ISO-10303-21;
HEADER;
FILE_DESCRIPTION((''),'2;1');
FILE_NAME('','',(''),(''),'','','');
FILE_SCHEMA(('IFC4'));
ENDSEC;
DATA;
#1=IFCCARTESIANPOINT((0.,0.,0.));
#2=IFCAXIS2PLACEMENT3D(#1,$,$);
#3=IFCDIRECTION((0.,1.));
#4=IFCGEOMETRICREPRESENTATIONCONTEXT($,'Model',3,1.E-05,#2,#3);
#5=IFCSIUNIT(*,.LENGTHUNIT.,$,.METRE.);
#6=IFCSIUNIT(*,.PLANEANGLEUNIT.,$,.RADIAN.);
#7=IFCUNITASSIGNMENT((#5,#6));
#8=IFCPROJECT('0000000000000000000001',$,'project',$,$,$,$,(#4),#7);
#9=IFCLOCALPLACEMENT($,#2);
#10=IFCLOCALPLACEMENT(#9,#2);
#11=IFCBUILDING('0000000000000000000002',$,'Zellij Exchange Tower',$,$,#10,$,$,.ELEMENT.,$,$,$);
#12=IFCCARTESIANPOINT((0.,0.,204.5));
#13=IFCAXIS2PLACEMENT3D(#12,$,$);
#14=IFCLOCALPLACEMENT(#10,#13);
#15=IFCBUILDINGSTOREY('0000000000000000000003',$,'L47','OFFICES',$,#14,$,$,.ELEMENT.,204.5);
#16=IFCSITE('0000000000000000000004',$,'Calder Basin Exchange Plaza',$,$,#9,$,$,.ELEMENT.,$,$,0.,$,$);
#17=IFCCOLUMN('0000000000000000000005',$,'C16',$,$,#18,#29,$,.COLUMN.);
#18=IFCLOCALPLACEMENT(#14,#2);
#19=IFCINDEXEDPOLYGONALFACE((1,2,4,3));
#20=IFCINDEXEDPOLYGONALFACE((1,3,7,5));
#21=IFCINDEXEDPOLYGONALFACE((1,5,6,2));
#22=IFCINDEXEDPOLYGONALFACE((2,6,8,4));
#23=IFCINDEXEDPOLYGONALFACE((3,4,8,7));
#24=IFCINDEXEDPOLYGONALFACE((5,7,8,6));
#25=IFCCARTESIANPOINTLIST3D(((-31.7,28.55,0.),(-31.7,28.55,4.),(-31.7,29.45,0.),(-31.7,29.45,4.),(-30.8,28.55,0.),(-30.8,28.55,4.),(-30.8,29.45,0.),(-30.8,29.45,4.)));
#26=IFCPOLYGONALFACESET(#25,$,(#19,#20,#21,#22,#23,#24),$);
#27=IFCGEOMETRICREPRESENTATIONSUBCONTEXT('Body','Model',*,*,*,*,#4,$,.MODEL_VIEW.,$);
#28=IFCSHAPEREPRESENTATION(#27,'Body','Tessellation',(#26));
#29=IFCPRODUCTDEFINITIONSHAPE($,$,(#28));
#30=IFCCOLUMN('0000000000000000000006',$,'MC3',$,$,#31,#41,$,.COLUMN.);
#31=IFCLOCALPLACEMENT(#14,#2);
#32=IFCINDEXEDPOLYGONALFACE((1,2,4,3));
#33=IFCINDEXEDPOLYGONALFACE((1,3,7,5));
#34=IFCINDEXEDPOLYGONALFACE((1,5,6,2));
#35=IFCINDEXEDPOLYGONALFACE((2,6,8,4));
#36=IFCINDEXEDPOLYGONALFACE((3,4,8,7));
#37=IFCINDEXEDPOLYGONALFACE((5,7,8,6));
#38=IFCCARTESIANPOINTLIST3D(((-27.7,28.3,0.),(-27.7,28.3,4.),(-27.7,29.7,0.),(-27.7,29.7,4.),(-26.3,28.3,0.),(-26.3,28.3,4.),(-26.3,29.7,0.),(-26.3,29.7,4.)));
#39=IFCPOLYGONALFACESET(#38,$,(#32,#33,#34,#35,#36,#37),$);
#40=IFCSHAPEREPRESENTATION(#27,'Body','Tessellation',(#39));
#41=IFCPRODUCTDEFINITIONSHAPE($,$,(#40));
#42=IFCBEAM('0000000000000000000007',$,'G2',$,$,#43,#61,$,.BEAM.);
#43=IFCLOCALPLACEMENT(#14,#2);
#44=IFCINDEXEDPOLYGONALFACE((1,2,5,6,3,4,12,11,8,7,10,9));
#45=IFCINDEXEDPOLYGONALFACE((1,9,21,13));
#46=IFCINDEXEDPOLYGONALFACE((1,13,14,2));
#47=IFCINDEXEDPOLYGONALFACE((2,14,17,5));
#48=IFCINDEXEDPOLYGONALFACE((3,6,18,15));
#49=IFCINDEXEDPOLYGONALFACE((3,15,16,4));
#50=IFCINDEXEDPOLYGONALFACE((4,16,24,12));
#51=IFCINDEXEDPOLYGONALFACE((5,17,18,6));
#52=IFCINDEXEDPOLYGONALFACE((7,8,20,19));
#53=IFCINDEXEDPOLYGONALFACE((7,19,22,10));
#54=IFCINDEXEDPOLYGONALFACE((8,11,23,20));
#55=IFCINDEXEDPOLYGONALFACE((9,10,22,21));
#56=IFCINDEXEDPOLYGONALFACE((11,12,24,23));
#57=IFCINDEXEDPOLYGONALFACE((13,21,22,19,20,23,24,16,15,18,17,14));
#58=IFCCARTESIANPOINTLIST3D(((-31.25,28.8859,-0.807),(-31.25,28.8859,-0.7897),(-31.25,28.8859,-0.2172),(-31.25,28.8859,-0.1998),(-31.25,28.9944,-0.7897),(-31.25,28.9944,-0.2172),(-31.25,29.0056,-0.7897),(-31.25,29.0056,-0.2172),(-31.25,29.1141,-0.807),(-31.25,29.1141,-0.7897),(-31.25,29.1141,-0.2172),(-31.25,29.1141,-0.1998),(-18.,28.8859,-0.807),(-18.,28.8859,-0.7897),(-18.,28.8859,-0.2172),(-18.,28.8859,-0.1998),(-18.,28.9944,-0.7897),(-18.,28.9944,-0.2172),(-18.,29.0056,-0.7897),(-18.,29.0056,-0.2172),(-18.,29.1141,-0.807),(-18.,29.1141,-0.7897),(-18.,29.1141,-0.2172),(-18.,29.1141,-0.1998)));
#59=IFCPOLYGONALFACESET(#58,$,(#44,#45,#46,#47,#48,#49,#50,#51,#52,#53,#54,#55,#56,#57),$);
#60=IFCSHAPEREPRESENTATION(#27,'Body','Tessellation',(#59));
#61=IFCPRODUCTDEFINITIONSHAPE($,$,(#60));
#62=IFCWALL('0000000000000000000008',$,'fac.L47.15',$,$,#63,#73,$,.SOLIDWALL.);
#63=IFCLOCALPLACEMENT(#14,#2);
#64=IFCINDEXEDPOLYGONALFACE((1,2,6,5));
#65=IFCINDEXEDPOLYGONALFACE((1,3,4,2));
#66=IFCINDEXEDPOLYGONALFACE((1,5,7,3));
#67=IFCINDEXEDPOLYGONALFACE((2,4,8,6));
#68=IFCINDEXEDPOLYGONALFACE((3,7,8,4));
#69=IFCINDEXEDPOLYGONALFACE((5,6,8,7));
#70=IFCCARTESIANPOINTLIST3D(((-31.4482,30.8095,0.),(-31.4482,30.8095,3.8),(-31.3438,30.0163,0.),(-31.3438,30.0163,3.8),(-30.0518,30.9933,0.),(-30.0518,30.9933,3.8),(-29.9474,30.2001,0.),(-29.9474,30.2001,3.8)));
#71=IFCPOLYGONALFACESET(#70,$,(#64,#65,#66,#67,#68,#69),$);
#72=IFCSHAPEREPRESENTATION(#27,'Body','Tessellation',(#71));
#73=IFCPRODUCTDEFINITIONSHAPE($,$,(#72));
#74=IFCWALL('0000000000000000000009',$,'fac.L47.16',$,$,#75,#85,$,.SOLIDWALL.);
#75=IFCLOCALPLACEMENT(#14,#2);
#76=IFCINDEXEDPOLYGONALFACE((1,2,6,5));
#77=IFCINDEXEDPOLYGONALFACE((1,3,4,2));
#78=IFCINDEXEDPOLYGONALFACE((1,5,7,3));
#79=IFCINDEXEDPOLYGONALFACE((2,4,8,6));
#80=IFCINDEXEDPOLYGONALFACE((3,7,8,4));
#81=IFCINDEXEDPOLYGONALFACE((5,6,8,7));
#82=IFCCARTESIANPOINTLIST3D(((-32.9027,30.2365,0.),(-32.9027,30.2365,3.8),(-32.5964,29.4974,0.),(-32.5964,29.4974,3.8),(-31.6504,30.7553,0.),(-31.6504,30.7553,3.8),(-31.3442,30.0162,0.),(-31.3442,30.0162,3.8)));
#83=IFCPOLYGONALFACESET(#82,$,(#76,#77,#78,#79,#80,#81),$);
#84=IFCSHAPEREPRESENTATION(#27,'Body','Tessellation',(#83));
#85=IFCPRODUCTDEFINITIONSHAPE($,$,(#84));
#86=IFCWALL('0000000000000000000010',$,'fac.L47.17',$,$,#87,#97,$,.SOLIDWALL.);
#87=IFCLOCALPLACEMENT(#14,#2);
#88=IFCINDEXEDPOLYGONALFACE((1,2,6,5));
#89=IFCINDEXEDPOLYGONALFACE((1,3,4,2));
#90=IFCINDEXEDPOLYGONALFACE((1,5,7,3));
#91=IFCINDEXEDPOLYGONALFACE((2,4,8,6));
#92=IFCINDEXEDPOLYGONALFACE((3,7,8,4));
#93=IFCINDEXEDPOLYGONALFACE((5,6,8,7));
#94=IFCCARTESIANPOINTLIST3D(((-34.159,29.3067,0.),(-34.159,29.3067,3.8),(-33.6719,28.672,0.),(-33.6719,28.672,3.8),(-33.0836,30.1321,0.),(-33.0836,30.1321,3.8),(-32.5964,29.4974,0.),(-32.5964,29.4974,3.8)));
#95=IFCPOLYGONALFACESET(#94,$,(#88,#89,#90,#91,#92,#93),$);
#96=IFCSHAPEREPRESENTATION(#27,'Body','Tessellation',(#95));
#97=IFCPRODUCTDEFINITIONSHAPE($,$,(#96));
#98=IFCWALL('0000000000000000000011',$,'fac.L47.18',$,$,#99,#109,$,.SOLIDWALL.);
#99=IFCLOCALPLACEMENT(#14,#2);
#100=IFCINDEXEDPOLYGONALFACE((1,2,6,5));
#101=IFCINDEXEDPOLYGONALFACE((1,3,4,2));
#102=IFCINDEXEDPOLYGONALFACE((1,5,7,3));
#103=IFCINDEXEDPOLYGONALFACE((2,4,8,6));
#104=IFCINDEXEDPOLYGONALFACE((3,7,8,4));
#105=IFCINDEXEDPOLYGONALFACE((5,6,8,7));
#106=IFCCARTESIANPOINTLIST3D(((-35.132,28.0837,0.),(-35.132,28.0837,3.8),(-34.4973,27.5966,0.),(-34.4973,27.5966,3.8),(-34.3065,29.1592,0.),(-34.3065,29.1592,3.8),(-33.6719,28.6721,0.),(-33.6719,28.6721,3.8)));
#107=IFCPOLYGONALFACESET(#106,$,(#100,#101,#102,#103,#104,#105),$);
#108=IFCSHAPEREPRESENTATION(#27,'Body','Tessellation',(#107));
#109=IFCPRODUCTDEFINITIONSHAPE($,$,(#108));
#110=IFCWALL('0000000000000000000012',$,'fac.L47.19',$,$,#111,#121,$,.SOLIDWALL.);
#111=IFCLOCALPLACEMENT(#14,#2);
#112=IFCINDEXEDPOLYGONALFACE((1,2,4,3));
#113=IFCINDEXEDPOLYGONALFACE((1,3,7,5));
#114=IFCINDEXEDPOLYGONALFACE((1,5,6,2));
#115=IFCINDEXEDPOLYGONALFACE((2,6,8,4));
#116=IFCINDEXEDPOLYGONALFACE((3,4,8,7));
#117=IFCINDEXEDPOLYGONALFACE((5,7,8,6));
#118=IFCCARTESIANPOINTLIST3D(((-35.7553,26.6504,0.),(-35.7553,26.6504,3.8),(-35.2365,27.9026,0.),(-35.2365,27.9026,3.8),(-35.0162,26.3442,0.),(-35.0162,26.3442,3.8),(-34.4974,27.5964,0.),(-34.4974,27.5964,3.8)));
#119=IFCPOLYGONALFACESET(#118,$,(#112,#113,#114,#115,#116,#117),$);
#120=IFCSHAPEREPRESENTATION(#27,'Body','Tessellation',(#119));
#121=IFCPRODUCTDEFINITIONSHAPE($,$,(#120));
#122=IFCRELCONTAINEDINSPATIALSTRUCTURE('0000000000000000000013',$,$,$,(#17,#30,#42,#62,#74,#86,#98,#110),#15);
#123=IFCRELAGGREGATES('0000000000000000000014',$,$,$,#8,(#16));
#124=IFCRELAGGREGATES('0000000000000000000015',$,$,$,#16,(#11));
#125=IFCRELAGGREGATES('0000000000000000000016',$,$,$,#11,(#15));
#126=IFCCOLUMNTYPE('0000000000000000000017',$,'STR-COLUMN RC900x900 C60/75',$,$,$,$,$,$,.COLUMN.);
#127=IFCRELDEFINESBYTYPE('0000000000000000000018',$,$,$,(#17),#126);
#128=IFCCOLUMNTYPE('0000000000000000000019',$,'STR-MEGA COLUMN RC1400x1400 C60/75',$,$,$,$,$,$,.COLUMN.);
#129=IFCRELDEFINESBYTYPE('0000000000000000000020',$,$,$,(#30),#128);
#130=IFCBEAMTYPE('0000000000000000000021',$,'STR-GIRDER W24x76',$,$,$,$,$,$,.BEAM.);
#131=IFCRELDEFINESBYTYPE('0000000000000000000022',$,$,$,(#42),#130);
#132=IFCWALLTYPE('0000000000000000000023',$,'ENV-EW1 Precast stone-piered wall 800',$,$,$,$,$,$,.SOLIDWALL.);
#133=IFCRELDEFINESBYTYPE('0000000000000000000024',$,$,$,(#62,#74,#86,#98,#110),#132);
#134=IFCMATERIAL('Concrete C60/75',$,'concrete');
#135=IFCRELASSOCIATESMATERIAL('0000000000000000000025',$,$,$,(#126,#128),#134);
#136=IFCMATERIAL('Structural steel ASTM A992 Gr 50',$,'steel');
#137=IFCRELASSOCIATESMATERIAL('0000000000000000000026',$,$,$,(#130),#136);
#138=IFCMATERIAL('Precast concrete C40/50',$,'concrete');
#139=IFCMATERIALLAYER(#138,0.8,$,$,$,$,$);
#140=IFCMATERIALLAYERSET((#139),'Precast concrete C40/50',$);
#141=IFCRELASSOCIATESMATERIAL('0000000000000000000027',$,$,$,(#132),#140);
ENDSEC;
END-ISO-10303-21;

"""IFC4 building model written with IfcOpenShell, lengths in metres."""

from ifc_helpers import new_model, si_unit, direction, frame, frame_2d, origin, origin_2d, place, context, subcontext, project, spatial, rectangle, i_section, extrude, material, layer, layer_set, material_profile, profile_set, type_object, element, save


model = new_model("IFC4")

# Units and contexts
model_context = context("Model", 3, precision=1e-05, world=origin(), true_north=direction((0.0, 1.0)))
body_context = subcontext(model_context, "Body", "Model", "MODEL_VIEW")
ifc_project = project(units=[si_unit("LENGTHUNIT", "METRE"), si_unit("PLANEANGLEUNIT", "RADIAN")], contexts=[model_context])

# Site, building, storey
site_placement = place(None, origin())
site = spatial("IfcSite", under=ifc_project, at=site_placement, Name="Calder Basin Exchange Plaza", CompositionType="ELEMENT", RefElevation=0.0)
building_placement = place(site_placement, origin())
building = spatial("IfcBuilding", under=site, at=building_placement, Name="Zellij Exchange Tower", CompositionType="ELEMENT")
storey_placement = place(building_placement, frame((0.0, 0.0, 204.5)))
storey = spatial("IfcBuildingStorey", under=building, at=storey_placement, Name="L47", Description="OFFICES", CompositionType="ELEMENT", Elevation=204.5)

# Columns
ifc_material_1 = material(Name="Concrete C60/75", Category="concrete")
ifc_material_profile_1 = material_profile(ifc_material_1, rectangle(XDim=0.8999, YDim=0.8999, at=origin_2d()), Name="STR-COLUMN RC900x900 C60/75")
ifc_profile_set_1 = profile_set([ifc_material_profile_1], Name="Concrete C60/75")
column_type_1 = type_object("IfcColumnType", Name="STR-COLUMN RC900x900 C60/75", PredefinedType="COLUMN", material=ifc_profile_set_1)
column_1_placement = place(storey_placement, frame((-31.25, 29.0, 0.0), z_axis=(0.0, 0.0, 1.0), x_axis=(1.0, 0.0, 0.0)))
element("IfcColumn", 1, at=column_1_placement, inside=storey, type_object=column_type_1, Name="C16", PredefinedType="COLUMN", context=body_context, shape_type="SweptSolid", body=[
    extrude(rectangle(XDim=0.8999, YDim=0.8999, at=origin_2d()), origin(), (0.0, 0.0, 1.0), 4.0),
])
ifc_material_profile_2 = material_profile(ifc_material_1, rectangle(XDim=1.3999, YDim=1.3999, at=origin_2d()), Name="STR-MEGA COLUMN RC1400x1400 C60/75")
ifc_profile_set_2 = profile_set([ifc_material_profile_2], Name="Concrete C60/75")
column_type_2 = type_object("IfcColumnType", Name="STR-MEGA COLUMN RC1400x1400 C60/75", PredefinedType="COLUMN", material=ifc_profile_set_2)
column_2_placement = place(storey_placement, frame((-27.0, 29.0, 0.0), z_axis=(0.0, 0.0, 1.0), x_axis=(1.0, 0.0, 0.0)))
element("IfcColumn", 2, at=column_2_placement, inside=storey, type_object=column_type_2, Name="MC3", PredefinedType="COLUMN", context=body_context, shape_type="SweptSolid", body=[
    extrude(rectangle(XDim=1.3999, YDim=1.3999, at=origin_2d()), origin(), (0.0, 0.0, 1.0), 4.0),
])

# Beam
ifc_material_2 = material(Name="Structural steel ASTM A992 Gr 50", Category="steel")
ifc_material_profile_3 = material_profile(ifc_material_2, i_section(OverallWidth=0.2283, OverallDepth=0.6072, WebThickness=0.0112, FlangeThickness=0.0173, at=origin_2d()), Name="W24x76")
ifc_profile_set_3 = profile_set([ifc_material_profile_3], Name="Structural steel ASTM A992 Gr 50")
beam_type = type_object("IfcBeamType", Name="STR-GIRDER W24x76", PredefinedType="BEAM", material=ifc_profile_set_3)
beam_placement = place(storey_placement, frame((-31.25, 29.0, -0.5034), z_axis=(1.0, 0.0, 0.0), x_axis=(0.0, 1.0, 0.0)))
element("IfcBeam", 3, at=beam_placement, inside=storey, type_object=beam_type, Name="G2", PredefinedType="BEAM", context=body_context, shape_type="SweptSolid", body=[
    extrude(i_section(OverallWidth=0.2283, OverallDepth=0.6072, WebThickness=0.0112, FlangeThickness=0.0173, at=origin_2d()), origin(), (0.0, 0.0, 1.0), 13.25),
])

# Walls
ifc_material_3 = material(Name="Precast concrete C40/50", Category="concrete")
ifc_layer_1 = layer(ifc_material_3, 0.8)
ifc_layer_set_1 = layer_set([ifc_layer_1], Name="Precast concrete C40/50")
wall_type = type_object("IfcWallType", Name="ENV-EW1 Precast stone-piered wall 800", PredefinedType="SOLIDWALL", material=ifc_layer_set_1)
wall_1_placement = place(storey_placement, frame((-29.9998, 30.5967, 0.0), z_axis=(0.0, 0.0, 1.0), x_axis=(-0.991446, -0.130517, 0.0)))
element("IfcWall", 4, at=wall_1_placement, inside=storey, type_object=wall_type, Name="fac.L47.15", PredefinedType="SOLIDWALL", context=body_context, shape_type="SweptSolid", body=[
    extrude(rectangle(XDim=1.4084, YDim=0.8, at=frame_2d((0.7041, 0.0))), origin(), (0.0, 0.0, 1.0), 3.8),
])
wall_2_placement = place(storey_placement, frame((-31.4973, 30.3857, 0.0), z_axis=(0.0, 0.0, 1.0), x_axis=(-0.923848, -0.38276, 0.0)))
element("IfcWall", 5, at=wall_2_placement, inside=storey, type_object=wall_type, Name="fac.L47.16", PredefinedType="SOLIDWALL", context=body_context, shape_type="SweptSolid", body=[
    extrude(rectangle(XDim=1.3555, YDim=0.8, at=frame_2d((0.6777, 0.0))), origin(), (0.0, 0.0, 1.0), 3.8),
])
for number, where, z_axis, x_axis, name in (
    (6, (-32.8401, 29.8147, 0.0), (0.0, 0.0, 1.0), (-0.793273, -0.608866, 0.0), "fac.L47.17"),
    (7, (-33.9893, 28.9155, 0.0), (0.0, 0.0, 1.0), (-0.608866, -0.793273, 0.0), "fac.L47.18"),
):
    element("IfcWall", number, at=place(storey_placement, frame(where, z_axis=z_axis, x_axis=x_axis)), inside=storey, type_object=wall_type, Name=name, PredefinedType="SOLIDWALL", context=body_context, shape_type="SweptSolid", body=[
        extrude(rectangle(XDim=1.3557, YDim=0.8, at=frame_2d((0.6777, 0.0))), origin(), (0.0, 0.0, 1.0), 3.8),
    ])
wall_3_placement = place(storey_placement, frame((-34.8669, 27.7495, 0.0), z_axis=(0.0, 0.0, 1.0), x_axis=(-0.38276, -0.923848, 0.0)))
element("IfcWall", 8, at=wall_3_placement, inside=storey, type_object=wall_type, Name="fac.L47.19", PredefinedType="SOLIDWALL", context=body_context, shape_type="SweptSolid", body=[
    extrude(rectangle(XDim=1.3555, YDim=0.8, at=frame_2d((0.6777, 0.0))), origin(), (0.0, 0.0, 1.0), 3.8),
])

save(model, "model.ifc")
